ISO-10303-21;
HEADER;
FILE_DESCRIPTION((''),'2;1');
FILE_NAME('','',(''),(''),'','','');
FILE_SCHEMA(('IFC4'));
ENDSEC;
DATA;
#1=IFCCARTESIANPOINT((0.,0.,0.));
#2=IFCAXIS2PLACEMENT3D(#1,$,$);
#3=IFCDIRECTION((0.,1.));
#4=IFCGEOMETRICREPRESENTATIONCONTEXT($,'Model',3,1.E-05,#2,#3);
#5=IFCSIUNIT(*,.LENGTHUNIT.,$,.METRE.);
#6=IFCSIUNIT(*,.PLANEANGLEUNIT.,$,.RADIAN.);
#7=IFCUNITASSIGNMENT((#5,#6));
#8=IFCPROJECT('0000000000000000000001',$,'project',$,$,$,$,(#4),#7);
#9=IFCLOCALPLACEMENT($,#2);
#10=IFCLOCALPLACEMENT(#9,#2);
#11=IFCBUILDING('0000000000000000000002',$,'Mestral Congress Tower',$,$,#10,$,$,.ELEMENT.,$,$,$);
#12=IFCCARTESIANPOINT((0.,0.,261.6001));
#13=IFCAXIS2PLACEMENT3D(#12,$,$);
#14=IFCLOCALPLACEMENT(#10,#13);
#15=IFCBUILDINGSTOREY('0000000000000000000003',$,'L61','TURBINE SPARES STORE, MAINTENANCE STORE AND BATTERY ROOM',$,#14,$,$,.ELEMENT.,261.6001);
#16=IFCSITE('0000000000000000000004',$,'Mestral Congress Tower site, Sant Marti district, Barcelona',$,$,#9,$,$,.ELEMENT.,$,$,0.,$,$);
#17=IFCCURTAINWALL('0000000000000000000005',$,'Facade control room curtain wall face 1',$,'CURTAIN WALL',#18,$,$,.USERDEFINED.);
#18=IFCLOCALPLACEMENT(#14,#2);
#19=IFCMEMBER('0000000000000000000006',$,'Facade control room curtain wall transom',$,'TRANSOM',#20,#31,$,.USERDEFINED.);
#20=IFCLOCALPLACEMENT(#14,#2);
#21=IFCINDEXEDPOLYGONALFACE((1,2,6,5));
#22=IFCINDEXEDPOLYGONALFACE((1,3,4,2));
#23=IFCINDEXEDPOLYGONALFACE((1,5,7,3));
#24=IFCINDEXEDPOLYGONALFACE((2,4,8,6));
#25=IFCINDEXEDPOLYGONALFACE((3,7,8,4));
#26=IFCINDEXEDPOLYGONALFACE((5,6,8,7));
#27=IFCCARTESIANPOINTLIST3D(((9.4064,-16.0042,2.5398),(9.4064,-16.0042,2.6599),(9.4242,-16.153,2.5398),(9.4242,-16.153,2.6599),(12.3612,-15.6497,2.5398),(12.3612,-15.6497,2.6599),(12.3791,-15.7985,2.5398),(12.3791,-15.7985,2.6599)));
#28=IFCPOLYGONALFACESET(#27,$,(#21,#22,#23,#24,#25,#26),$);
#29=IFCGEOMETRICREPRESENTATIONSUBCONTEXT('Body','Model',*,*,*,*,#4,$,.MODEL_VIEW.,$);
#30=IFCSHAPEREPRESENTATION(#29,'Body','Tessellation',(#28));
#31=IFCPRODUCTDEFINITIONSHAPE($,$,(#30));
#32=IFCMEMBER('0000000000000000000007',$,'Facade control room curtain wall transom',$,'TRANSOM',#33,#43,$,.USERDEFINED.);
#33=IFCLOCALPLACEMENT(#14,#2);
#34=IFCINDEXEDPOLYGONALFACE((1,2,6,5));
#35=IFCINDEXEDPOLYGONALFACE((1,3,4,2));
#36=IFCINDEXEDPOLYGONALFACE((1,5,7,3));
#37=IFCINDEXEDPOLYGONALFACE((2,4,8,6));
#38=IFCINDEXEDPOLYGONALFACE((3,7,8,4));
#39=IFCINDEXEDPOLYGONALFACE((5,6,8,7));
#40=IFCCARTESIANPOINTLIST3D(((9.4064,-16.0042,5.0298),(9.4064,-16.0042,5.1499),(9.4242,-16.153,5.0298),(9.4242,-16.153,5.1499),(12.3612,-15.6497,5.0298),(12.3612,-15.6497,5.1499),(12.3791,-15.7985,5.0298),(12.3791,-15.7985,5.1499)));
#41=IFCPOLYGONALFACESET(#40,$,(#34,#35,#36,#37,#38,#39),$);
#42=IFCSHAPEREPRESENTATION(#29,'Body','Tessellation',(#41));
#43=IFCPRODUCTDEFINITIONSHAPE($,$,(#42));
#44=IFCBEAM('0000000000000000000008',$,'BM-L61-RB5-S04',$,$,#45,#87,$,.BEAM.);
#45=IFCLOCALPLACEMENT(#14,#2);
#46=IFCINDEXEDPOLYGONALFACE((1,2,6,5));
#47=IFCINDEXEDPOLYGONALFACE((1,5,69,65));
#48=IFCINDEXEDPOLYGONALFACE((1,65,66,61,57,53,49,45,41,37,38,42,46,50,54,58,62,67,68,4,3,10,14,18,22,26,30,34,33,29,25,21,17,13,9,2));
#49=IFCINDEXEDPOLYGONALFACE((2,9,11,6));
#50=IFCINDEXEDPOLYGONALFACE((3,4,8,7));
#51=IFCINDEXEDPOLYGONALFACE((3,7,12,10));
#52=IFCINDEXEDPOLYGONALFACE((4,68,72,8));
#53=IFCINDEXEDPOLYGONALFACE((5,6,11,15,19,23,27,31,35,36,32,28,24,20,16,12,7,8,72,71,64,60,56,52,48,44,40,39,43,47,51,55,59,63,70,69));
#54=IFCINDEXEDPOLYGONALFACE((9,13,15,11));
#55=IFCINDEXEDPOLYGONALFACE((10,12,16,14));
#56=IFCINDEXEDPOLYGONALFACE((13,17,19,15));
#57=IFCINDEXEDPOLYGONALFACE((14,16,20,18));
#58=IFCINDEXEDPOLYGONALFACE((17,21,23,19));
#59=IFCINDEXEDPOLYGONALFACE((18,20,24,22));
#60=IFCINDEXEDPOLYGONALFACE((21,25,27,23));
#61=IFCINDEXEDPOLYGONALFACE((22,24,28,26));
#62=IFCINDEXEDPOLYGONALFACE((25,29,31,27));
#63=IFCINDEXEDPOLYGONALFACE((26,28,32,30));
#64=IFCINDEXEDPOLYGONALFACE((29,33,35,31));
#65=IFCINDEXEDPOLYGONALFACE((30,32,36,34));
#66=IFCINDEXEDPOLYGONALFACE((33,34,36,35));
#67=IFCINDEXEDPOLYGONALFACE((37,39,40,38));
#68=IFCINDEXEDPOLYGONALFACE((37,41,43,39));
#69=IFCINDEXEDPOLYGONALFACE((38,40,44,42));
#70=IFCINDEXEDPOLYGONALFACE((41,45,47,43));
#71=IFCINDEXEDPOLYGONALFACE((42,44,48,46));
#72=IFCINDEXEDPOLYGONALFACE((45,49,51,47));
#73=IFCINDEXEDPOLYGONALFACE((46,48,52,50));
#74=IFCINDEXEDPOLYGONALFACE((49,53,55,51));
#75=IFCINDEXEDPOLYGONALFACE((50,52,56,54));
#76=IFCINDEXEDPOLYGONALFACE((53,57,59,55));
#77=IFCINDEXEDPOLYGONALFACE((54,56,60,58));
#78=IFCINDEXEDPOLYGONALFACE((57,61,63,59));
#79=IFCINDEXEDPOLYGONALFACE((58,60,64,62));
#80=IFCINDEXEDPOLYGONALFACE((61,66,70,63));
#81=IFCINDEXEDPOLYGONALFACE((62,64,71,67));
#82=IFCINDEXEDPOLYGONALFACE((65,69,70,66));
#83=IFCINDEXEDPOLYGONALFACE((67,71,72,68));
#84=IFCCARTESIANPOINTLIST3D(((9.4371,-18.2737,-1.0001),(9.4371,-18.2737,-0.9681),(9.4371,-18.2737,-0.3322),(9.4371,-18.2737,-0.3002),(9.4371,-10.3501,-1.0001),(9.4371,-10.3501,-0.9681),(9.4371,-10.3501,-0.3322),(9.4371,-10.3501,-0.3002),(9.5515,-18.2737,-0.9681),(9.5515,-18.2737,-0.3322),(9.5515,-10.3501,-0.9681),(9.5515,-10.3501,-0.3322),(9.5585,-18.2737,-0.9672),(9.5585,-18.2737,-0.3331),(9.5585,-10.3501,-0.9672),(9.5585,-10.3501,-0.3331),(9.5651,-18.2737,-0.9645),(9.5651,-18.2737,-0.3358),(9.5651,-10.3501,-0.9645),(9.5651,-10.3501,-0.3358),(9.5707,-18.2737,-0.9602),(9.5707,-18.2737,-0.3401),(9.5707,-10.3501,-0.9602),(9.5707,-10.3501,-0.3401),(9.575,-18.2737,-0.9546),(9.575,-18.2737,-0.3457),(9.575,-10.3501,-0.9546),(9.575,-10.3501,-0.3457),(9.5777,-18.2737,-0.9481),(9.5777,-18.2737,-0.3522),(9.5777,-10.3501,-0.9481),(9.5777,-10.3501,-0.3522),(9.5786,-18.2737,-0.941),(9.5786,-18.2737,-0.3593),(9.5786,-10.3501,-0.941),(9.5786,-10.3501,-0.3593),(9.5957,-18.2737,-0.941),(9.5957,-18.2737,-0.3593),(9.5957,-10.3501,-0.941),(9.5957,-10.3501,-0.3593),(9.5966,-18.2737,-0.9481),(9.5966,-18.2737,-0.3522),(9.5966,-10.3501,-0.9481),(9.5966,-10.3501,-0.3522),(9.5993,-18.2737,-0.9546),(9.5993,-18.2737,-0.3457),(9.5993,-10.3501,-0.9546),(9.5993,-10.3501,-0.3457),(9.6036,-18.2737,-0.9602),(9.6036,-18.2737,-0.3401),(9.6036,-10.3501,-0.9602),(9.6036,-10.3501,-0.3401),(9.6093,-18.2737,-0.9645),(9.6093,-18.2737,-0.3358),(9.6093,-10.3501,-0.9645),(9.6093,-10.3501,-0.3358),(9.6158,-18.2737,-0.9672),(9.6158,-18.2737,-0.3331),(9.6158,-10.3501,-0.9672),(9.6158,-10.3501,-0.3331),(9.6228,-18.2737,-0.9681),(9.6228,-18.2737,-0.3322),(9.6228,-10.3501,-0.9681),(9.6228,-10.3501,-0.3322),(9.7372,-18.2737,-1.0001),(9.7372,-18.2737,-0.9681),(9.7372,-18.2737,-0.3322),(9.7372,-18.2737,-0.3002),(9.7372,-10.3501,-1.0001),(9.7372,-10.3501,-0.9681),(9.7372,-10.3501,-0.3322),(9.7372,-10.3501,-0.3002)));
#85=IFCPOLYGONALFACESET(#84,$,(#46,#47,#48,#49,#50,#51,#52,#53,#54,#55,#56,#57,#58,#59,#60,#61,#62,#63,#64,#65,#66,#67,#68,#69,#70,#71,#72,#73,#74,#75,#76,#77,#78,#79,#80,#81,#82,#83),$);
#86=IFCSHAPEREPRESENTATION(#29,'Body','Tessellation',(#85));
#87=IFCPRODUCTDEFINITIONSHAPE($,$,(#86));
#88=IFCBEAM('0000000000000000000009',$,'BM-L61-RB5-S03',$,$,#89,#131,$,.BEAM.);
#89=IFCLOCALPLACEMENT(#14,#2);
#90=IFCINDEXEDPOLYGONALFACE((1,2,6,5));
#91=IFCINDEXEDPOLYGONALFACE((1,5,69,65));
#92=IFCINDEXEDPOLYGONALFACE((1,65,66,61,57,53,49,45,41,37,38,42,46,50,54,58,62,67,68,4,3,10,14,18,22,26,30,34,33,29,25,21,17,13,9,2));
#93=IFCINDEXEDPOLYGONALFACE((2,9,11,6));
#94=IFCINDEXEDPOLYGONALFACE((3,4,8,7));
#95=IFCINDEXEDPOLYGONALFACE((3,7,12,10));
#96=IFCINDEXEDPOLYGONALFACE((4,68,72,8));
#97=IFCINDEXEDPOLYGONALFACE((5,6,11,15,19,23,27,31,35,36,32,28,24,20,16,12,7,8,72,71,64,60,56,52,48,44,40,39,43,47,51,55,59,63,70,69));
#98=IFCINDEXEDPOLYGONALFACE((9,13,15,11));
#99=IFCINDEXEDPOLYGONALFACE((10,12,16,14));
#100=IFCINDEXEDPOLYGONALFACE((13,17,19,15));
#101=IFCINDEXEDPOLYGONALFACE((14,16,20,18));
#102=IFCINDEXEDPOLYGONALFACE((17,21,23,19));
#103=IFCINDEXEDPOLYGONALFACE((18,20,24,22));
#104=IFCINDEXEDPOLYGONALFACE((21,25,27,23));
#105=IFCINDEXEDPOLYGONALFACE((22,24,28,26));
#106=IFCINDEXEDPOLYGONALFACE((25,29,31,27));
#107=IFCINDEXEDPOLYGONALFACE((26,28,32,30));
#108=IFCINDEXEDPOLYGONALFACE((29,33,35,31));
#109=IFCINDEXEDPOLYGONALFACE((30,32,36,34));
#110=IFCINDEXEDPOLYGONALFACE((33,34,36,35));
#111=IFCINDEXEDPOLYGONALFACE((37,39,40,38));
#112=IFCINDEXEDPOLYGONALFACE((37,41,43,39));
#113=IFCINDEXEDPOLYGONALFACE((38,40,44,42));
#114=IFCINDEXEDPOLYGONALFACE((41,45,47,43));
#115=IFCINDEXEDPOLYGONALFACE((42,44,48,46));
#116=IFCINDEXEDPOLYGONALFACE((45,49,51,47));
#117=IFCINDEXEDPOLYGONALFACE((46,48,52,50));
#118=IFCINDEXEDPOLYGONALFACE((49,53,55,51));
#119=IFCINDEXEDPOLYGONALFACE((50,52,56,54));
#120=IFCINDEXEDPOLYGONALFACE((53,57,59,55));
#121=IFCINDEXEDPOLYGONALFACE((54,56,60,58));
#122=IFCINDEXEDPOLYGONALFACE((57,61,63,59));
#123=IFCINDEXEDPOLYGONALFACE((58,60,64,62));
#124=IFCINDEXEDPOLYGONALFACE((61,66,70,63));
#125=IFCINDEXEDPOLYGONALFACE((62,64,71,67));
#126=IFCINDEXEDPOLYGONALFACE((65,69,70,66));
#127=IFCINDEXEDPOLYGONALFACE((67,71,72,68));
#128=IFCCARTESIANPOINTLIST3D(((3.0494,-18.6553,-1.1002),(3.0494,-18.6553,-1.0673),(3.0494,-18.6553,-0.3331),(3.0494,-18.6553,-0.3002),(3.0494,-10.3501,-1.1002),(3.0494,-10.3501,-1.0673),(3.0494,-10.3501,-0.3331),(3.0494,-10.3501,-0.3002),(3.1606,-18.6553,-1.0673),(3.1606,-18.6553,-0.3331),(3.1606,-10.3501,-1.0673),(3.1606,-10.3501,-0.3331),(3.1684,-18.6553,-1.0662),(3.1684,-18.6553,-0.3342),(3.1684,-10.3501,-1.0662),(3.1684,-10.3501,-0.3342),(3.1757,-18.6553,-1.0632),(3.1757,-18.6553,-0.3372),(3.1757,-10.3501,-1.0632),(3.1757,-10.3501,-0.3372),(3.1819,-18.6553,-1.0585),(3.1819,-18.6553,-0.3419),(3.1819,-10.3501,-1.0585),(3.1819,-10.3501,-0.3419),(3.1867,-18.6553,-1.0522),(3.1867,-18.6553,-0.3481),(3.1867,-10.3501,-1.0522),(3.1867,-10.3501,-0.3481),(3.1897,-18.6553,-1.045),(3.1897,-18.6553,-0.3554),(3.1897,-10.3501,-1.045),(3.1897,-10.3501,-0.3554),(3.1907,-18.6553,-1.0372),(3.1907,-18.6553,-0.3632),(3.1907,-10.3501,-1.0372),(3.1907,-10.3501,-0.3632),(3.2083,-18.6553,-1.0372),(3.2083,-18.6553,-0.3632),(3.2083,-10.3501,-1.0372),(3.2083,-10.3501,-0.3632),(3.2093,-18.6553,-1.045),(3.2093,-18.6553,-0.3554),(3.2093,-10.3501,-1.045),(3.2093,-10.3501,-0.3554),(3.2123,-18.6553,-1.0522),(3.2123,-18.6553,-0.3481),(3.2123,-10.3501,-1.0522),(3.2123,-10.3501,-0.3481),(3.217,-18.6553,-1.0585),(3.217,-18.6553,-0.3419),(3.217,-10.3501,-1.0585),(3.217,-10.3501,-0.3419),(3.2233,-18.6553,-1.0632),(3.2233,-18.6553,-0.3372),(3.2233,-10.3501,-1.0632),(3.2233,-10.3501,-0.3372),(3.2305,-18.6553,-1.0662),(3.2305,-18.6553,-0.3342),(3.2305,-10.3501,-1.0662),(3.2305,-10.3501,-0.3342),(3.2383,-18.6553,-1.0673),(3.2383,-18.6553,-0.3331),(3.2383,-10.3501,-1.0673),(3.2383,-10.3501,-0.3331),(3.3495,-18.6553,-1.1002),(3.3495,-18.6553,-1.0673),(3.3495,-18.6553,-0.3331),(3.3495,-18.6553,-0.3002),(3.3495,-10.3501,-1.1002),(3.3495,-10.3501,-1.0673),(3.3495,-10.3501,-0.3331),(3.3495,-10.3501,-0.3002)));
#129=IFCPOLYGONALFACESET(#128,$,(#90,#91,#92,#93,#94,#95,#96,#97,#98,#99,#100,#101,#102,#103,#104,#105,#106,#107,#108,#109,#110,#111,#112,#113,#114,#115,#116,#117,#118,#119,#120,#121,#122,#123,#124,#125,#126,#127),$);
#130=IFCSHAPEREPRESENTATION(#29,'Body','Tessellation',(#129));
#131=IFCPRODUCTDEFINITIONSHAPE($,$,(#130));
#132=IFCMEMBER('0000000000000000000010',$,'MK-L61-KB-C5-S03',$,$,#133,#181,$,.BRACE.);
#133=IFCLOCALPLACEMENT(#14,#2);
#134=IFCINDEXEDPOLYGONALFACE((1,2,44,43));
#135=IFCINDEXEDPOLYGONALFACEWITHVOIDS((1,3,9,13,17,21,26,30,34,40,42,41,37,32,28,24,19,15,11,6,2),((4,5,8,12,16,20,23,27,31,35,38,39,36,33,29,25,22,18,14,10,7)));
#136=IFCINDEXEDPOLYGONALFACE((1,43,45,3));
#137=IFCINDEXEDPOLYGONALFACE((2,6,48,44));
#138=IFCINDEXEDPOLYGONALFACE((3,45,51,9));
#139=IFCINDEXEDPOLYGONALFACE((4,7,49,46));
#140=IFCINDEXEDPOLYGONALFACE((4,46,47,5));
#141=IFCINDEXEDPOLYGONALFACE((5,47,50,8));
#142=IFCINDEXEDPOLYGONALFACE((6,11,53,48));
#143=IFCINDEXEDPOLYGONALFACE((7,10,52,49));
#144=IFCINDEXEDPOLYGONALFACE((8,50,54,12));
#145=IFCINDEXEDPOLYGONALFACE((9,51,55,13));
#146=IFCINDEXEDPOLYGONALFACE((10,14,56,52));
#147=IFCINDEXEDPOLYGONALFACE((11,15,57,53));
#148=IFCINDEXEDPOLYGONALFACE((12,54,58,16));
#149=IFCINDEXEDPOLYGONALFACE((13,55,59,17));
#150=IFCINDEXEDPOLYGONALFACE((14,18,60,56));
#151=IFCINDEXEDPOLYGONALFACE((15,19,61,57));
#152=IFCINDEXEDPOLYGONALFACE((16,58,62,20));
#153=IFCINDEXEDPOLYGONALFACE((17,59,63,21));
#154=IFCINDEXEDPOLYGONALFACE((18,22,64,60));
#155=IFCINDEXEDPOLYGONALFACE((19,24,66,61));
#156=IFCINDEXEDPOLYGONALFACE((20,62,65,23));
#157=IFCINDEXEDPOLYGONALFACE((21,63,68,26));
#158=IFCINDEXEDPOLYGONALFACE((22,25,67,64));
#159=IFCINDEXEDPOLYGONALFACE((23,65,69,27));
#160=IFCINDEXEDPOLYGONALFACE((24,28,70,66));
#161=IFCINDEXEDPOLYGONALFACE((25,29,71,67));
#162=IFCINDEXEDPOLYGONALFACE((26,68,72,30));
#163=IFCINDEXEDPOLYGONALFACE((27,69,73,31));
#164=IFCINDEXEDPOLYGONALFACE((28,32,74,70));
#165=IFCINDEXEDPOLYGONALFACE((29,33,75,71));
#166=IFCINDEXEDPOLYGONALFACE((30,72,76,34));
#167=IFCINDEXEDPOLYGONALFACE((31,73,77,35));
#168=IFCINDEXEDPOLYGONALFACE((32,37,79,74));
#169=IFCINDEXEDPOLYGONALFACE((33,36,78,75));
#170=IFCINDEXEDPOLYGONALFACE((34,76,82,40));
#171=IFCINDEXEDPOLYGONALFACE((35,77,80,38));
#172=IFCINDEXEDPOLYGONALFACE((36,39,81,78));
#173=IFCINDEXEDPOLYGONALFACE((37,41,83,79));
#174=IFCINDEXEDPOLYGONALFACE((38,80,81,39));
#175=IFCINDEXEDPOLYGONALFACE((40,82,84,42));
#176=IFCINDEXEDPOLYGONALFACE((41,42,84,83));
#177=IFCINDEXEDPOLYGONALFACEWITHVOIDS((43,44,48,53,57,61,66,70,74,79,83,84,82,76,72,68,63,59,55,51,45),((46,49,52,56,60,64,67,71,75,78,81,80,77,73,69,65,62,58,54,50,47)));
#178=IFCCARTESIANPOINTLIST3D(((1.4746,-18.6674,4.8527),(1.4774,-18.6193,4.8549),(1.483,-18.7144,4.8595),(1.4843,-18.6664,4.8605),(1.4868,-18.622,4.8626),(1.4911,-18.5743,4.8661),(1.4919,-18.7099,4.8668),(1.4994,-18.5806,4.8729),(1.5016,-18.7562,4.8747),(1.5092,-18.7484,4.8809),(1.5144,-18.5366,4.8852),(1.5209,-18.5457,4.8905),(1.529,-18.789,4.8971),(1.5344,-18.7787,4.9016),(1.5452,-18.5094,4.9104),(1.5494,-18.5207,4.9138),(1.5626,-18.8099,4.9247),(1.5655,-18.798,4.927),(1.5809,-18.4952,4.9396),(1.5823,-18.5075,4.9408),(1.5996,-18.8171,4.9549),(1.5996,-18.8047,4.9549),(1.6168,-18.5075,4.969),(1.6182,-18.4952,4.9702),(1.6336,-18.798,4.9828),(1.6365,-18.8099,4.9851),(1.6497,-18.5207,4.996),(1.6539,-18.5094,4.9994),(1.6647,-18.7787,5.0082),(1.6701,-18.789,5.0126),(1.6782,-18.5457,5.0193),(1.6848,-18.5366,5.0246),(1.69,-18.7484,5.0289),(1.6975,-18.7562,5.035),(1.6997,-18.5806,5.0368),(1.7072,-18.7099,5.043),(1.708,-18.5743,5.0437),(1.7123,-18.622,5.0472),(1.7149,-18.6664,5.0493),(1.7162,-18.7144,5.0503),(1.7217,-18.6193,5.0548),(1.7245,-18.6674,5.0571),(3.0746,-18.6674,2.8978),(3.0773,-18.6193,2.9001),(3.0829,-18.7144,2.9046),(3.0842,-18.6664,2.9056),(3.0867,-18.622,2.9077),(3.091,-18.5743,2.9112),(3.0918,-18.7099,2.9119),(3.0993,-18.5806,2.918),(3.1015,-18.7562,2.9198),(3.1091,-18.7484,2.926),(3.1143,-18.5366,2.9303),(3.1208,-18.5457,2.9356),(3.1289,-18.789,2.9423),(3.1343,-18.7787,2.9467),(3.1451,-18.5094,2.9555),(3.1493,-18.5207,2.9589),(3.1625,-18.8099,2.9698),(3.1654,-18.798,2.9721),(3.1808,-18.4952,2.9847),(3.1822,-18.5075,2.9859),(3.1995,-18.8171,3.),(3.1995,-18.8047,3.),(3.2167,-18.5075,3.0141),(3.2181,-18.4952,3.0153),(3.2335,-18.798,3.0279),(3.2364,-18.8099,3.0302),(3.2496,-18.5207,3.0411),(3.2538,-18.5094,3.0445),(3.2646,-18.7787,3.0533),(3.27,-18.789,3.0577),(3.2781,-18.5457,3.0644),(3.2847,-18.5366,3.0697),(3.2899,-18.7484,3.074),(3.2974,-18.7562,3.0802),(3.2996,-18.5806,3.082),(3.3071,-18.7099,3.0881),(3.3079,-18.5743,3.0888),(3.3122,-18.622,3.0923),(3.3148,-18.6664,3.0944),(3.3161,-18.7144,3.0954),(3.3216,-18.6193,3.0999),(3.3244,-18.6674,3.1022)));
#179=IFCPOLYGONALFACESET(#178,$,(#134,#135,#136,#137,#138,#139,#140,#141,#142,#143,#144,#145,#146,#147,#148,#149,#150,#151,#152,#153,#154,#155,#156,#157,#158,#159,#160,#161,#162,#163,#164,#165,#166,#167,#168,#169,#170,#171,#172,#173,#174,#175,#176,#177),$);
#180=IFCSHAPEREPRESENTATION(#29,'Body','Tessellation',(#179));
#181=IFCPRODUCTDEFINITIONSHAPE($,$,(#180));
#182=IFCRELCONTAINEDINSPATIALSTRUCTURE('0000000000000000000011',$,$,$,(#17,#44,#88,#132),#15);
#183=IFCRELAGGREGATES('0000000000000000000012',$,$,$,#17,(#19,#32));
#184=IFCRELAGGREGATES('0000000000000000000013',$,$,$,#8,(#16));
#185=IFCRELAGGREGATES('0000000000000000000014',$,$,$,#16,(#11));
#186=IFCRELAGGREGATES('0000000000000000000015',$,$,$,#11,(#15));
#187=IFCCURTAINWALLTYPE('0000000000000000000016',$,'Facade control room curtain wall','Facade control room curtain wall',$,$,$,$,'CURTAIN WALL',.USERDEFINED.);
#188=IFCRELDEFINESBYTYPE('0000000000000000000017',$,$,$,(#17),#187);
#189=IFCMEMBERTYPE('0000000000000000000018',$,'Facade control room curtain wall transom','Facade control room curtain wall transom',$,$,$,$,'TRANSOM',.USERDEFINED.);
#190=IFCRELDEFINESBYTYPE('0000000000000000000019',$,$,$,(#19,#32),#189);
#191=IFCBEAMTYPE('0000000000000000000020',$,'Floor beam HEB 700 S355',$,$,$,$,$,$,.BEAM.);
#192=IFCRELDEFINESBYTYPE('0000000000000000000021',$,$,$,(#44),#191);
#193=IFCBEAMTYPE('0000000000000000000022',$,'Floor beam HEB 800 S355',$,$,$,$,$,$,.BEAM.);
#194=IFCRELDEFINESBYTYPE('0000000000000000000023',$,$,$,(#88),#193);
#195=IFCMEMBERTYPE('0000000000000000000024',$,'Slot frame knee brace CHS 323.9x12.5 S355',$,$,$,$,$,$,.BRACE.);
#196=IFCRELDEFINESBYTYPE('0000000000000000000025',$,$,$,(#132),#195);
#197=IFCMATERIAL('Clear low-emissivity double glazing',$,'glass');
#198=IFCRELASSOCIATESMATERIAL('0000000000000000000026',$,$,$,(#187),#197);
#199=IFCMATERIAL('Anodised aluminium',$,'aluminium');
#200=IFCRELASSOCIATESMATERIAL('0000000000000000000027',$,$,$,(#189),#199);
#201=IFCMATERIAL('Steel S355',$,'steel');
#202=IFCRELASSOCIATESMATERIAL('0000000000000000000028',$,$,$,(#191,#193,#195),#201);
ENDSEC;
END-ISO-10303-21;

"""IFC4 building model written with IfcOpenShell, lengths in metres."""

from ifc_helpers import new_model, si_unit, direction, frame, origin, origin_2d, place, context, subcontext, project, spatial, rectangle, hollow_circle, i_section, extrude, material, material_profile, profile_set, type_object, element, aggregate, save


model = new_model("IFC4")

# Units and contexts
model_context = context("Model", 3, precision=1e-05, world=origin(), true_north=direction((0.0, 1.0)))
body_context = subcontext(model_context, "Body", "Model", "MODEL_VIEW")
ifc_project = project(units=[si_unit("LENGTHUNIT", "METRE"), si_unit("PLANEANGLEUNIT", "RADIAN")], contexts=[model_context])

# Site, building, storey
site_placement = place(None, origin())
site = spatial("IfcSite", under=ifc_project, at=site_placement, Name="Mestral Congress Tower site, Sant Marti district, Barcelona", CompositionType="ELEMENT", RefElevation=0.0)
building_placement = place(site_placement, origin())
building = spatial("IfcBuilding", under=site, at=building_placement, Name="Mestral Congress Tower", CompositionType="ELEMENT")
storey_placement = place(building_placement, frame((0.0, 0.0, 261.6001)))
storey = spatial("IfcBuildingStorey", under=building, at=storey_placement, Name="L61", Description="TURBINE SPARES STORE, MAINTENANCE STORE AND BATTERY ROOM", CompositionType="ELEMENT", Elevation=261.6001)

# Curtain wall, members
ifc_material_1 = material(Name="Clear low-emissivity double glazing", Category="glass")
curtain_wall_type = type_object("IfcCurtainWallType", Name="Facade control room curtain wall", Description="Facade control room curtain wall", ElementType="CURTAIN WALL", PredefinedType="USERDEFINED", material=ifc_material_1)
curtain_wall_placement = place(storey_placement, origin())
curtain_wall = element("IfcCurtainWall", 1, at=curtain_wall_placement, inside=storey, type_object=curtain_wall_type, Name="Facade control room curtain wall face 1", ObjectType="CURTAIN WALL", PredefinedType="USERDEFINED")
ifc_material_2 = material(Name="Anodised aluminium", Category="aluminium")
ifc_material_profile_1 = material_profile(ifc_material_2, rectangle(XDim=0.1499, YDim=0.1201, at=origin_2d()), Name="CW5 transom 150 x 120")
ifc_profile_set_1 = profile_set([ifc_material_profile_1], Name="Anodised aluminium")
member_type_1 = type_object("IfcMemberType", Name="Facade control room curtain wall transom", Description="Facade control room curtain wall transom", ElementType="TRANSOM", PredefinedType="USERDEFINED", material=ifc_profile_set_1)
member_1_placement = place(storey_placement, frame((9.4153, -16.0786, 2.5999), z_axis=(0.99288, 0.119116, 0.0), x_axis=(-0.119116, 0.99288, 0.0)))
member_1 = element("IfcMember", 2, at=member_1_placement, type_object=member_type_1, Name="Facade control room curtain wall transom", ObjectType="TRANSOM", PredefinedType="USERDEFINED", context=body_context, shape_type="SweptSolid", body=[
    extrude(rectangle(XDim=0.1499, YDim=0.1201, at=origin_2d()), origin(), (0.0, 0.0, 1.0), 2.9761),
])
member_2_placement = place(storey_placement, frame((9.4153, -16.0786, 5.0898), z_axis=(0.99288, 0.119116, 0.0), x_axis=(-0.119116, 0.99288, 0.0)))
member_2 = element("IfcMember", 3, at=member_2_placement, type_object=member_type_1, Name="Facade control room curtain wall transom", ObjectType="TRANSOM", PredefinedType="USERDEFINED", context=body_context, shape_type="SweptSolid", body=[
    extrude(rectangle(XDim=0.1499, YDim=0.1201, at=origin_2d()), origin(), (0.0, 0.0, 1.0), 2.9761),
])

# Beams
ifc_material_3 = material(Name="Steel S355", Category="steel")
ifc_material_profile_2 = material_profile(ifc_material_3, i_section(OverallWidth=0.3, OverallDepth=0.7, WebThickness=0.0171, FlangeThickness=0.032, FilletRadius=0.0271, at=origin_2d()), Name="HEB 700")
ifc_profile_set_2 = profile_set([ifc_material_profile_2], Name="Steel S355")
beam_type_1 = type_object("IfcBeamType", Name="Floor beam HEB 700 S355", PredefinedType="BEAM", material=ifc_profile_set_2)
beam_1_placement = place(storey_placement, frame((9.5872, -18.2737, -0.6501), z_axis=(0.0, 1.0, 0.0), x_axis=(-1.0, 0.0, 0.0)))
element("IfcBeam", 4, at=beam_1_placement, inside=storey, type_object=beam_type_1, Name="BM-L61-RB5-S04", PredefinedType="BEAM", context=body_context, shape_type="SweptSolid", body=[
    extrude(i_section(OverallWidth=0.3, OverallDepth=0.7, WebThickness=0.0171, FlangeThickness=0.032, FilletRadius=0.0271, at=origin_2d()), origin(), (0.0, 0.0, 1.0), 7.9236),
])
ifc_material_profile_3 = material_profile(ifc_material_3, i_section(OverallWidth=0.3, OverallDepth=0.8, WebThickness=0.0176, FlangeThickness=0.033, FilletRadius=0.03, at=origin_2d()), Name="HEB 800")
ifc_profile_set_3 = profile_set([ifc_material_profile_3], Name="Steel S355")
beam_type_2 = type_object("IfcBeamType", Name="Floor beam HEB 800 S355", PredefinedType="BEAM", material=ifc_profile_set_3)
beam_2_placement = place(storey_placement, frame((3.1995, -18.6553, -0.7002), z_axis=(0.0, 1.0, 0.0), x_axis=(-1.0, 0.0, 0.0)))
element("IfcBeam", 5, at=beam_2_placement, inside=storey, type_object=beam_type_2, Name="BM-L61-RB5-S03", PredefinedType="BEAM", context=body_context, shape_type="SweptSolid", body=[
    extrude(i_section(OverallWidth=0.3, OverallDepth=0.8, WebThickness=0.0176, FlangeThickness=0.033, FilletRadius=0.03, at=origin_2d()), origin(), (0.0, 0.0, 1.0), 8.3052),
])

# Member
ifc_material_profile_4 = material_profile(ifc_material_3, hollow_circle(Radius=0.1619, WallThickness=0.0125, at=origin_2d()), Name="CHS 323.9x12.5")
ifc_profile_set_4 = profile_set([ifc_material_profile_4], Name="Steel S355")
member_type_2 = type_object("IfcMemberType", Name="Slot frame knee brace CHS 323.9x12.5 S355", PredefinedType="BRACE", material=ifc_profile_set_4)
member_3_placement = place(storey_placement, frame((3.1995, -18.6553, 3.0), z_axis=(-0.633343, 0.0, 0.773871), x_axis=(0.0, -1.0, 0.0)))
element("IfcMember", 6, at=member_3_placement, inside=storey, type_object=member_type_2, Name="MK-L61-KB-C5-S03", PredefinedType="BRACE", context=body_context, shape_type="SweptSolid", body=[
    extrude(hollow_circle(Radius=0.1619, WallThickness=0.0125, at=origin_2d()), origin(), (0.0, 0.0, 1.0), 2.5261),
])

aggregate(curtain_wall, [member_1, member_2])

save(model, "model.ifc")
